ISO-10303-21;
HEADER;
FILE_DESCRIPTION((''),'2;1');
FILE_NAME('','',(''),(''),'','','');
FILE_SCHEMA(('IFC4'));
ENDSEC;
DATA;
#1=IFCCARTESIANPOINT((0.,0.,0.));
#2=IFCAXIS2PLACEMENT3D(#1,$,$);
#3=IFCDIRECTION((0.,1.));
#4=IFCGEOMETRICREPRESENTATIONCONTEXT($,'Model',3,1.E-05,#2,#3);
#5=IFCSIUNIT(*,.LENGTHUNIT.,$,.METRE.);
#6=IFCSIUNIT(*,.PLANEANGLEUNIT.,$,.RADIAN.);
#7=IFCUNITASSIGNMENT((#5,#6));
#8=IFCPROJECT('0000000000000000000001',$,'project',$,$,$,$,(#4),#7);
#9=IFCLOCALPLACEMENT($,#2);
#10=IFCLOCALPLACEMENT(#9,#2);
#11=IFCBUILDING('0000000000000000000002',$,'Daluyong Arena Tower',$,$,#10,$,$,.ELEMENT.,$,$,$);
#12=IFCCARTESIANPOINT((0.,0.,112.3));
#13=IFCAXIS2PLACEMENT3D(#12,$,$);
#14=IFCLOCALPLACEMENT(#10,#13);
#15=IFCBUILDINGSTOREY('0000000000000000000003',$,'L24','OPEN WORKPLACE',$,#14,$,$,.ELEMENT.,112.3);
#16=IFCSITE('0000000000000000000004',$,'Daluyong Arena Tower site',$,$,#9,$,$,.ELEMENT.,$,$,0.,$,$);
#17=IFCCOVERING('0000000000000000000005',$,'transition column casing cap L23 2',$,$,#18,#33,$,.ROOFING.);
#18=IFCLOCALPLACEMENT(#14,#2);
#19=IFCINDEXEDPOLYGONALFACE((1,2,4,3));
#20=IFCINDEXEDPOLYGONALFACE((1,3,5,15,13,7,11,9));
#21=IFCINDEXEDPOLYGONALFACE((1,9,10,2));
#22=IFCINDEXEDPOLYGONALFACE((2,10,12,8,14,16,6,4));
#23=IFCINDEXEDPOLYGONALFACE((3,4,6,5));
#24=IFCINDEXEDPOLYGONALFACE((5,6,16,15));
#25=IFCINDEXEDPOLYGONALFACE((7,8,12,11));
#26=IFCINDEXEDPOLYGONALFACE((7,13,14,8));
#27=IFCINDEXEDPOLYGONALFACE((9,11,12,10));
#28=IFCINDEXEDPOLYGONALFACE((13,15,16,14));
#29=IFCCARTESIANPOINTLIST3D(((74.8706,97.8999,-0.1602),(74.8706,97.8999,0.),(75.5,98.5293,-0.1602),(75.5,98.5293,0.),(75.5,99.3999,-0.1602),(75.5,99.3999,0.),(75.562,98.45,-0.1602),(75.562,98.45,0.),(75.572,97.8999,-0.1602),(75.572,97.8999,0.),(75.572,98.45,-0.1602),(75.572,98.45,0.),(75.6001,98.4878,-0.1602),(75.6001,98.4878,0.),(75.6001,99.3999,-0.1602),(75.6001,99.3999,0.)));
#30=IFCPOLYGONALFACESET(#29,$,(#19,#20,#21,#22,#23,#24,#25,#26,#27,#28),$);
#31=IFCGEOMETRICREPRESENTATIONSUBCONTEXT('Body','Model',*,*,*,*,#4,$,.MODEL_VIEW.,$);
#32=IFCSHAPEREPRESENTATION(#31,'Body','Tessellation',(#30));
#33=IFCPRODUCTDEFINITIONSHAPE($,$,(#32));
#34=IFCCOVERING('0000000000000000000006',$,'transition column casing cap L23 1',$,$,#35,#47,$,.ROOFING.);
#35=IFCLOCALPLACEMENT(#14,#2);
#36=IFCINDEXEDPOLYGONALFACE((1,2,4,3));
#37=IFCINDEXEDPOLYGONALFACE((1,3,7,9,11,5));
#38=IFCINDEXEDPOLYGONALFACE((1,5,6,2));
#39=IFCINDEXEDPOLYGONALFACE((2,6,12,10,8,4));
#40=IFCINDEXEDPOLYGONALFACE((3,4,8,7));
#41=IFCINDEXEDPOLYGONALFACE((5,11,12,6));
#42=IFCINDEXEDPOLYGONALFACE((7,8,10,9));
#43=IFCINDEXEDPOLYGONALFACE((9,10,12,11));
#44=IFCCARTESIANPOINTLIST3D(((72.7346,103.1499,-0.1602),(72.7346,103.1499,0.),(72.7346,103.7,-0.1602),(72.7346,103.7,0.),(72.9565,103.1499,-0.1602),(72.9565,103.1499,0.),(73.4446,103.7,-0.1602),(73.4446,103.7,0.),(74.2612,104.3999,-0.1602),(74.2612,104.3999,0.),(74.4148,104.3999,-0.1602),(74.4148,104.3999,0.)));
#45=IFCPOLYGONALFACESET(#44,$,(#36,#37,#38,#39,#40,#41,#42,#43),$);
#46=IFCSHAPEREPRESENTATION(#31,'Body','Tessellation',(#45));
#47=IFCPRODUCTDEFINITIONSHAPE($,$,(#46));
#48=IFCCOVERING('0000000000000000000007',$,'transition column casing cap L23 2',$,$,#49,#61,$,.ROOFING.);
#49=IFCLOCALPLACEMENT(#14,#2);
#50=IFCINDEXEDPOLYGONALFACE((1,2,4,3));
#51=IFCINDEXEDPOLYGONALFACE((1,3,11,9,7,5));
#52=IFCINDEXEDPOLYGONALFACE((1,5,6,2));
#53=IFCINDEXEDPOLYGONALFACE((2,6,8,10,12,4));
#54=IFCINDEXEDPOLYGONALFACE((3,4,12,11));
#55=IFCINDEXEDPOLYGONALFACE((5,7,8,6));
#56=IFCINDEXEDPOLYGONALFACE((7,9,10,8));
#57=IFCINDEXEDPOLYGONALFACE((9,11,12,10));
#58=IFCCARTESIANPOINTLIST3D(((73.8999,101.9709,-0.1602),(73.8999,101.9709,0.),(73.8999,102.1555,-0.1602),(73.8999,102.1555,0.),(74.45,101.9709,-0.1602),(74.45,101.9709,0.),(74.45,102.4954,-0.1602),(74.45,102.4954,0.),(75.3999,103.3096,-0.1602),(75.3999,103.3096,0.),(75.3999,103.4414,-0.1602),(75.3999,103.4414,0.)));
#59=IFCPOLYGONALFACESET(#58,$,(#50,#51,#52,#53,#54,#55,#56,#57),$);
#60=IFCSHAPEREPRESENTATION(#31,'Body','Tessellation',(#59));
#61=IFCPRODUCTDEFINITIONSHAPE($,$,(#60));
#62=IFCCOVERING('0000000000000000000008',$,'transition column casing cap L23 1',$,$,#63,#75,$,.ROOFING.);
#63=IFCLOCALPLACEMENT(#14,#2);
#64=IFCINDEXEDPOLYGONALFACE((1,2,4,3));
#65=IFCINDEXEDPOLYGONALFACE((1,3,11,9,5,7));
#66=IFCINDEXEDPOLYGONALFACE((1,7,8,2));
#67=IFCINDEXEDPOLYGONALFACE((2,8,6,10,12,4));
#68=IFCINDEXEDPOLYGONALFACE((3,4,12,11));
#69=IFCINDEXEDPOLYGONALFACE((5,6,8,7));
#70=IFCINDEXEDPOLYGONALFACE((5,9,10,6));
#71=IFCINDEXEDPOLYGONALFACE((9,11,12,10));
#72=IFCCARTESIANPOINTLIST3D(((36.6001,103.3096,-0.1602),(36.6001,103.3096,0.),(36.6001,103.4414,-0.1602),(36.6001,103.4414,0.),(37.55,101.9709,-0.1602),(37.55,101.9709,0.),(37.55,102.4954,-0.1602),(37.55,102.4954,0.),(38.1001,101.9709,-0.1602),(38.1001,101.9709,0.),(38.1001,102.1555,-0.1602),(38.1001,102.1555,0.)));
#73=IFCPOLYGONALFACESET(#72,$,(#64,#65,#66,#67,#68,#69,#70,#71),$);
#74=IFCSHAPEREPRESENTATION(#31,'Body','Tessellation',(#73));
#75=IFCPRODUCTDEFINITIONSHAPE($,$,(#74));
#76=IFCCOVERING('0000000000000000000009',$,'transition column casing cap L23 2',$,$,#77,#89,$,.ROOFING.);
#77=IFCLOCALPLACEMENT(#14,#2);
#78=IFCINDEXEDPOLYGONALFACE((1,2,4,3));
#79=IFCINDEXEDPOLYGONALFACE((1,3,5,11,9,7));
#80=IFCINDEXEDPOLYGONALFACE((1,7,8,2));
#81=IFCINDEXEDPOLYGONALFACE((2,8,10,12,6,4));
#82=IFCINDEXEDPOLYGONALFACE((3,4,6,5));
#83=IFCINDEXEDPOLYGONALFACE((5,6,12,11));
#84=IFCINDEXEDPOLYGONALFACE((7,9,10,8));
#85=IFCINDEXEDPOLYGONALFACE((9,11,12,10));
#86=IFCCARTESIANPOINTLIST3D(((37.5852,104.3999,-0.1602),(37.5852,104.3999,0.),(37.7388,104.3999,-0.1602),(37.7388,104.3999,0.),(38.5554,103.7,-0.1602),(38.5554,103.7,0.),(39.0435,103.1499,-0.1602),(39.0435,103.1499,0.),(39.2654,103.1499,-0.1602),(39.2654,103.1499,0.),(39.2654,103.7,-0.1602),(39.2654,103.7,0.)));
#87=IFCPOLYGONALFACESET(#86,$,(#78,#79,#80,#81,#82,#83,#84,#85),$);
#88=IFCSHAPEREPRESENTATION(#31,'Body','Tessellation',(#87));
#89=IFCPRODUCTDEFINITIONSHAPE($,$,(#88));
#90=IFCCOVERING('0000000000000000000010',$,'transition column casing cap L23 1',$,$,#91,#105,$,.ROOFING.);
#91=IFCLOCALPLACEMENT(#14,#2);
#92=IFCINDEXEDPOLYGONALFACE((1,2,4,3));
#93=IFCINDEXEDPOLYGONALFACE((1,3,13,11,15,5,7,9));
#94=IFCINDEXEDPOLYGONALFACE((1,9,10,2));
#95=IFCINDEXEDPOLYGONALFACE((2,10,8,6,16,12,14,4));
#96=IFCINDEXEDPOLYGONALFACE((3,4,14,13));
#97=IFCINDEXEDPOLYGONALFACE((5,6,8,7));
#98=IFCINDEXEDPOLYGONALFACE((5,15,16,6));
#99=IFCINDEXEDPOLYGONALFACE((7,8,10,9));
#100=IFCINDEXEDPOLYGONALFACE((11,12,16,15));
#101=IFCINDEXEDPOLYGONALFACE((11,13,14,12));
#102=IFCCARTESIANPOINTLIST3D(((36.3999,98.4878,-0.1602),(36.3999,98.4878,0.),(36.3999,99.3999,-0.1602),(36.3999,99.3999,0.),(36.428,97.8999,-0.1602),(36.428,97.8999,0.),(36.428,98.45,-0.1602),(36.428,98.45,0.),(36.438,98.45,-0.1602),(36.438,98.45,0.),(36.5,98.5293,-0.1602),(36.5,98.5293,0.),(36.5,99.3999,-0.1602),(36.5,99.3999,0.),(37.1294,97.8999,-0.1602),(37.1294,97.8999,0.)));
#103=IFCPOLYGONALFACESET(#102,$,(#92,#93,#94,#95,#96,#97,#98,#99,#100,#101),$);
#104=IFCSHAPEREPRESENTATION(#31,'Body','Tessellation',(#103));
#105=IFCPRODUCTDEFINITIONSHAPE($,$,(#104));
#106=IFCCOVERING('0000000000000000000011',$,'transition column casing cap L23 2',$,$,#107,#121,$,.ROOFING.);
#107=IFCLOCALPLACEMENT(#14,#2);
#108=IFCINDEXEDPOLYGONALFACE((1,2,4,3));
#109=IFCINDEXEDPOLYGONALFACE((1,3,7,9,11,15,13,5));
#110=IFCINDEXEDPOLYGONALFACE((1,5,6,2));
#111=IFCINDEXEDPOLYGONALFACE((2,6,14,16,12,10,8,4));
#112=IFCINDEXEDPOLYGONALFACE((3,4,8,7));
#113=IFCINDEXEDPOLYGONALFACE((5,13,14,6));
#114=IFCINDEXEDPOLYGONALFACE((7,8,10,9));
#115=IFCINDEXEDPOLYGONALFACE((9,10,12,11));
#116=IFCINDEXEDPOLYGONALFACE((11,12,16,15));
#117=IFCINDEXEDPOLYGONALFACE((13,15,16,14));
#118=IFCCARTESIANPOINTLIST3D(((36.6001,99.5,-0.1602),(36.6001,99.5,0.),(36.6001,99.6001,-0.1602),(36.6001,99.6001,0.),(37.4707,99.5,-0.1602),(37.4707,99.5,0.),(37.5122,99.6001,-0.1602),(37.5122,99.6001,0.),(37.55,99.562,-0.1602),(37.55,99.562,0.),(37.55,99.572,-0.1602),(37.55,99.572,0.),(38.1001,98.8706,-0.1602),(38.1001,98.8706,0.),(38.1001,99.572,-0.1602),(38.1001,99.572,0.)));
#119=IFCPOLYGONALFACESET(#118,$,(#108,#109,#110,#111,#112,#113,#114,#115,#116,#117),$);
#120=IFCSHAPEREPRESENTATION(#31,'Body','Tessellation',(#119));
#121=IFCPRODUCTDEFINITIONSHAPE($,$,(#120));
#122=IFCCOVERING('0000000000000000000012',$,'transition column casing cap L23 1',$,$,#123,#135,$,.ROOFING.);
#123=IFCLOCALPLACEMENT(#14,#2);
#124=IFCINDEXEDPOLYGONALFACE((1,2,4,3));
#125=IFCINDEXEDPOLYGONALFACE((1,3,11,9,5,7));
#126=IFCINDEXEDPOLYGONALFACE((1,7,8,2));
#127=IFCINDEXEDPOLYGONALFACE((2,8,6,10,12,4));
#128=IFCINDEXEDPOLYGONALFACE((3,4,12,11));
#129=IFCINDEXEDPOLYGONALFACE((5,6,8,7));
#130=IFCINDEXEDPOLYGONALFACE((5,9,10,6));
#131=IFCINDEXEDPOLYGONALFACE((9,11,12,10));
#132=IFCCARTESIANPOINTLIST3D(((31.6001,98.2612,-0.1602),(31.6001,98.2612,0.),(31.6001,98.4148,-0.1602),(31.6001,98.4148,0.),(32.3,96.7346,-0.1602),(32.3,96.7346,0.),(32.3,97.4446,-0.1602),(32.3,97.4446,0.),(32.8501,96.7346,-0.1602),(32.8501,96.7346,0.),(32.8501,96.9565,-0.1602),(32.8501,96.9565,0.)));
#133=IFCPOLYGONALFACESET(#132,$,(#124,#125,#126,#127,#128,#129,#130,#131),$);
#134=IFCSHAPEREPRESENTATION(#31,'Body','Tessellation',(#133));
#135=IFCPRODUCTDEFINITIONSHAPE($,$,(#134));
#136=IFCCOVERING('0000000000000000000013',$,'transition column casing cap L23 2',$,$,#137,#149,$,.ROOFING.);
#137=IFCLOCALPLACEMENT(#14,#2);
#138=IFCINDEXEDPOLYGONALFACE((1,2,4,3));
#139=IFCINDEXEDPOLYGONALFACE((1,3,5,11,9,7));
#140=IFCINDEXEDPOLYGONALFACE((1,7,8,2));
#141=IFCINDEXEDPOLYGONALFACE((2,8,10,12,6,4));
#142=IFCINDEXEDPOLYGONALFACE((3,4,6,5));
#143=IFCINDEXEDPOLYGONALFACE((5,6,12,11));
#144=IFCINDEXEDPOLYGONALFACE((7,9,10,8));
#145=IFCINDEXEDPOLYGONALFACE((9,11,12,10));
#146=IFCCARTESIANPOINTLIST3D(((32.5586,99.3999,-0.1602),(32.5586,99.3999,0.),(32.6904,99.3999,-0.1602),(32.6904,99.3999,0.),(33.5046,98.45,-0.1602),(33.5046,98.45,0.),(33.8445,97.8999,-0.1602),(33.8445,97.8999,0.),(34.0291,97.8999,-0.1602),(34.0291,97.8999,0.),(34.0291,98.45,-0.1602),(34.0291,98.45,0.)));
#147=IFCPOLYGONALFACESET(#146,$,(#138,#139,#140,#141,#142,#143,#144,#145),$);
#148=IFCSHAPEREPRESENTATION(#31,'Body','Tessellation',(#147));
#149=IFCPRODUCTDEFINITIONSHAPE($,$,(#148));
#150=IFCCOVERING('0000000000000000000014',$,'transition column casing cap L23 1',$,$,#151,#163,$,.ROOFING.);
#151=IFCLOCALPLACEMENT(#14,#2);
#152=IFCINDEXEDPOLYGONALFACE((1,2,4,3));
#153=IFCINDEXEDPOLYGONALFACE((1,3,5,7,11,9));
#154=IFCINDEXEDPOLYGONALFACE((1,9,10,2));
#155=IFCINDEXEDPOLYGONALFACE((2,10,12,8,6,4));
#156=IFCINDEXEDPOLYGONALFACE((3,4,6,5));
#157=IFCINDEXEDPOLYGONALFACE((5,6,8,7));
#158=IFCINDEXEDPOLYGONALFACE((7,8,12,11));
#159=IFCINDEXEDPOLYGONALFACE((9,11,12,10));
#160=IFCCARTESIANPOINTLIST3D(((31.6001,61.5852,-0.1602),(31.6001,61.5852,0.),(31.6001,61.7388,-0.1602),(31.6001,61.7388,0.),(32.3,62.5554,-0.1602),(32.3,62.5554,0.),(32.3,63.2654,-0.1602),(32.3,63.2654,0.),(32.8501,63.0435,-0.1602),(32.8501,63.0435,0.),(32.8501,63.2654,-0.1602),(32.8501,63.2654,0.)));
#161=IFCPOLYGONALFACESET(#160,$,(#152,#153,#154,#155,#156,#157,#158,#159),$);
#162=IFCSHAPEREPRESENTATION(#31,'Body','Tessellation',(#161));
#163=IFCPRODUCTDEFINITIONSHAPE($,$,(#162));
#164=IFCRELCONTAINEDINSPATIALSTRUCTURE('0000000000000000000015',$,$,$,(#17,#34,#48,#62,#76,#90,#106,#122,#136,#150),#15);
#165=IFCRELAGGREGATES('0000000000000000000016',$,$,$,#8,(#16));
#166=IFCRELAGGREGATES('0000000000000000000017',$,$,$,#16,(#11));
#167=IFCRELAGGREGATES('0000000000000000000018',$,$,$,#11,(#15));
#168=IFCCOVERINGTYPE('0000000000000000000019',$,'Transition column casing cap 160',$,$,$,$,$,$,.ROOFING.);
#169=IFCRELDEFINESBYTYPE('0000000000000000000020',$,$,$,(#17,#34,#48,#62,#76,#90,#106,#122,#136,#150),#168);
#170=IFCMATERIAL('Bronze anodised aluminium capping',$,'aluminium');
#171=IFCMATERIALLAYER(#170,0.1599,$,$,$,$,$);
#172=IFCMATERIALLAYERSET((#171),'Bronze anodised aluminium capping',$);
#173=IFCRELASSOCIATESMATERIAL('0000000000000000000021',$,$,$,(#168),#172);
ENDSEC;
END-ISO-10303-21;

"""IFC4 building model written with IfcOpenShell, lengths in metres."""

from ifc_helpers import new_model, si_unit, direction, frame, origin, place, context, subcontext, project, spatial, polyline, outline, extrude, material, layer, layer_set, type_object, element, save


model = new_model("IFC4")

# Units and contexts
model_context = context("Model", 3, precision=1e-05, world=origin(), true_north=direction((0.0, 1.0)))
body_context = subcontext(model_context, "Body", "Model", "MODEL_VIEW")
ifc_project = project(units=[si_unit("LENGTHUNIT", "METRE"), si_unit("PLANEANGLEUNIT", "RADIAN")], contexts=[model_context])

# Site, building, storey
site_placement = place(None, origin())
site = spatial("IfcSite", under=ifc_project, at=site_placement, Name="Daluyong Arena Tower site", CompositionType="ELEMENT", RefElevation=0.0)
building_placement = place(site_placement, origin())
building = spatial("IfcBuilding", under=site, at=building_placement, Name="Daluyong Arena Tower", CompositionType="ELEMENT")
storey_placement = place(building_placement, frame((0.0, 0.0, 112.3)))
storey = spatial("IfcBuildingStorey", under=building, at=storey_placement, Name="L24", Description="OPEN WORKPLACE", CompositionType="ELEMENT", Elevation=112.3)

# Coverings
ifc_material_1 = material(Name="Bronze anodised aluminium capping", Category="aluminium")
ifc_layer_1 = layer(ifc_material_1, 0.1599)
ifc_layer_set_1 = layer_set([ifc_layer_1], Name="Bronze anodised aluminium capping")
covering_type = type_object("IfcCoveringType", Name="Transition column casing cap 160", PredefinedType="ROOFING", material=ifc_layer_set_1)
covering_1_placement = place(storey_placement, frame((0.0, 0.0, -0.1602)))
element("IfcCovering", 1, at=covering_1_placement, inside=storey, type_object=covering_type, Name="transition column casing cap L23 2", PredefinedType="ROOFING", context=body_context, shape_type="SweptSolid", body=[
    extrude(outline(polyline([(75.562, 98.45), (75.572, 98.45), (75.572, 97.8999), (74.8706, 97.8999), (75.5, 98.5293), (75.5, 99.3999), (75.6001, 99.3999), (75.6001, 98.4878), (75.562, 98.45)])), origin(), (0.0, 0.0, 1.0), 0.1602),
])
covering_2_placement = place(storey_placement, frame((0.0, 0.0, -0.1602)))
element("IfcCovering", 2, at=covering_2_placement, inside=storey, type_object=covering_type, Name="transition column casing cap L23 1", PredefinedType="ROOFING", context=body_context, shape_type="SweptSolid", body=[
    extrude(outline(polyline([(72.7346, 103.7), (73.4446, 103.7), (74.2612, 104.3999), (74.4148, 104.3999), (72.9565, 103.1499), (72.7346, 103.1499), (72.7346, 103.7)])), origin(), (0.0, 0.0, 1.0), 0.1602),
])
covering_3_placement = place(storey_placement, frame((0.0, 0.0, -0.1602)))
element("IfcCovering", 3, at=covering_3_placement, inside=storey, type_object=covering_type, Name="transition column casing cap L23 2", PredefinedType="ROOFING", context=body_context, shape_type="SweptSolid", body=[
    extrude(outline(polyline([(74.45, 101.9709), (73.8999, 101.9709), (73.8999, 102.1555), (75.3999, 103.4414), (75.3999, 103.3096), (74.45, 102.4954), (74.45, 101.9709)])), origin(), (0.0, 0.0, 1.0), 0.1602),
])
covering_4_placement = place(storey_placement, frame((0.0, 0.0, -0.1602)))
element("IfcCovering", 4, at=covering_4_placement, inside=storey, type_object=covering_type, Name="transition column casing cap L23 1", PredefinedType="ROOFING", context=body_context, shape_type="SweptSolid", body=[
    extrude(outline(polyline([(37.55, 101.9709), (37.55, 102.4954), (36.6001, 103.3096), (36.6001, 103.4414), (38.1001, 102.1555), (38.1001, 101.9709), (37.55, 101.9709)])), origin(), (0.0, 0.0, 1.0), 0.1602),
])
covering_5_placement = place(storey_placement, frame((0.0, 0.0, -0.1602)))
element("IfcCovering", 5, at=covering_5_placement, inside=storey, type_object=covering_type, Name="transition column casing cap L23 2", PredefinedType="ROOFING", context=body_context, shape_type="SweptSolid", body=[
    extrude(outline(polyline([(39.2654, 103.7), (39.2654, 103.1499), (39.0435, 103.1499), (37.5852, 104.3999), (37.7388, 104.3999), (38.5554, 103.7), (39.2654, 103.7)])), origin(), (0.0, 0.0, 1.0), 0.1602),
])
covering_6_placement = place(storey_placement, frame((0.0, 0.0, -0.1602)))
element("IfcCovering", 6, at=covering_6_placement, inside=storey, type_object=covering_type, Name="transition column casing cap L23 1", PredefinedType="ROOFING", context=body_context, shape_type="SweptSolid", body=[
    extrude(outline(polyline([(36.438, 98.45), (36.3999, 98.4878), (36.3999, 99.3999), (36.5, 99.3999), (36.5, 98.5293), (37.1294, 97.8999), (36.428, 97.8999), (36.428, 98.45), (36.438, 98.45)])), origin(), (0.0, 0.0, 1.0), 0.1602),
])
covering_7_placement = place(storey_placement, frame((0.0, 0.0, -0.1602)))
element("IfcCovering", 7, at=covering_7_placement, inside=storey, type_object=covering_type, Name="transition column casing cap L23 2", PredefinedType="ROOFING", context=body_context, shape_type="SweptSolid", body=[
    extrude(outline(polyline([(37.55, 99.562), (37.55, 99.572), (38.1001, 99.572), (38.1001, 98.8706), (37.4707, 99.5), (36.6001, 99.5), (36.6001, 99.6001), (37.5122, 99.6001), (37.55, 99.562)])), origin(), (0.0, 0.0, 1.0), 0.1602),
])
covering_8_placement = place(storey_placement, frame((0.0, 0.0, -0.1602)))
element("IfcCovering", 8, at=covering_8_placement, inside=storey, type_object=covering_type, Name="transition column casing cap L23 1", PredefinedType="ROOFING", context=body_context, shape_type="SweptSolid", body=[
    extrude(outline(polyline([(32.3, 96.7346), (32.3, 97.4446), (31.6001, 98.2612), (31.6001, 98.4148), (32.8501, 96.9565), (32.8501, 96.7346), (32.3, 96.7346)])), origin(), (0.0, 0.0, 1.0), 0.1602),
])
covering_9_placement = place(storey_placement, frame((0.0, 0.0, -0.1602)))
element("IfcCovering", 9, at=covering_9_placement, inside=storey, type_object=covering_type, Name="transition column casing cap L23 2", PredefinedType="ROOFING", context=body_context, shape_type="SweptSolid", body=[
    extrude(outline(polyline([(34.0291, 98.45), (34.0291, 97.8999), (33.8445, 97.8999), (32.5586, 99.3999), (32.6904, 99.3999), (33.5046, 98.45), (34.0291, 98.45)])), origin(), (0.0, 0.0, 1.0), 0.1602),
])
covering_10_placement = place(storey_placement, frame((0.0, 0.0, -0.1602)))
element("IfcCovering", 10, at=covering_10_placement, inside=storey, type_object=covering_type, Name="transition column casing cap L23 1", PredefinedType="ROOFING", context=body_context, shape_type="SweptSolid", body=[
    extrude(outline(polyline([(32.3, 63.2654), (32.8501, 63.2654), (32.8501, 63.0435), (31.6001, 61.5852), (31.6001, 61.7388), (32.3, 62.5554), (32.3, 63.2654)])), origin(), (0.0, 0.0, 1.0), 0.1602),
])

save(model, "model.ifc")
